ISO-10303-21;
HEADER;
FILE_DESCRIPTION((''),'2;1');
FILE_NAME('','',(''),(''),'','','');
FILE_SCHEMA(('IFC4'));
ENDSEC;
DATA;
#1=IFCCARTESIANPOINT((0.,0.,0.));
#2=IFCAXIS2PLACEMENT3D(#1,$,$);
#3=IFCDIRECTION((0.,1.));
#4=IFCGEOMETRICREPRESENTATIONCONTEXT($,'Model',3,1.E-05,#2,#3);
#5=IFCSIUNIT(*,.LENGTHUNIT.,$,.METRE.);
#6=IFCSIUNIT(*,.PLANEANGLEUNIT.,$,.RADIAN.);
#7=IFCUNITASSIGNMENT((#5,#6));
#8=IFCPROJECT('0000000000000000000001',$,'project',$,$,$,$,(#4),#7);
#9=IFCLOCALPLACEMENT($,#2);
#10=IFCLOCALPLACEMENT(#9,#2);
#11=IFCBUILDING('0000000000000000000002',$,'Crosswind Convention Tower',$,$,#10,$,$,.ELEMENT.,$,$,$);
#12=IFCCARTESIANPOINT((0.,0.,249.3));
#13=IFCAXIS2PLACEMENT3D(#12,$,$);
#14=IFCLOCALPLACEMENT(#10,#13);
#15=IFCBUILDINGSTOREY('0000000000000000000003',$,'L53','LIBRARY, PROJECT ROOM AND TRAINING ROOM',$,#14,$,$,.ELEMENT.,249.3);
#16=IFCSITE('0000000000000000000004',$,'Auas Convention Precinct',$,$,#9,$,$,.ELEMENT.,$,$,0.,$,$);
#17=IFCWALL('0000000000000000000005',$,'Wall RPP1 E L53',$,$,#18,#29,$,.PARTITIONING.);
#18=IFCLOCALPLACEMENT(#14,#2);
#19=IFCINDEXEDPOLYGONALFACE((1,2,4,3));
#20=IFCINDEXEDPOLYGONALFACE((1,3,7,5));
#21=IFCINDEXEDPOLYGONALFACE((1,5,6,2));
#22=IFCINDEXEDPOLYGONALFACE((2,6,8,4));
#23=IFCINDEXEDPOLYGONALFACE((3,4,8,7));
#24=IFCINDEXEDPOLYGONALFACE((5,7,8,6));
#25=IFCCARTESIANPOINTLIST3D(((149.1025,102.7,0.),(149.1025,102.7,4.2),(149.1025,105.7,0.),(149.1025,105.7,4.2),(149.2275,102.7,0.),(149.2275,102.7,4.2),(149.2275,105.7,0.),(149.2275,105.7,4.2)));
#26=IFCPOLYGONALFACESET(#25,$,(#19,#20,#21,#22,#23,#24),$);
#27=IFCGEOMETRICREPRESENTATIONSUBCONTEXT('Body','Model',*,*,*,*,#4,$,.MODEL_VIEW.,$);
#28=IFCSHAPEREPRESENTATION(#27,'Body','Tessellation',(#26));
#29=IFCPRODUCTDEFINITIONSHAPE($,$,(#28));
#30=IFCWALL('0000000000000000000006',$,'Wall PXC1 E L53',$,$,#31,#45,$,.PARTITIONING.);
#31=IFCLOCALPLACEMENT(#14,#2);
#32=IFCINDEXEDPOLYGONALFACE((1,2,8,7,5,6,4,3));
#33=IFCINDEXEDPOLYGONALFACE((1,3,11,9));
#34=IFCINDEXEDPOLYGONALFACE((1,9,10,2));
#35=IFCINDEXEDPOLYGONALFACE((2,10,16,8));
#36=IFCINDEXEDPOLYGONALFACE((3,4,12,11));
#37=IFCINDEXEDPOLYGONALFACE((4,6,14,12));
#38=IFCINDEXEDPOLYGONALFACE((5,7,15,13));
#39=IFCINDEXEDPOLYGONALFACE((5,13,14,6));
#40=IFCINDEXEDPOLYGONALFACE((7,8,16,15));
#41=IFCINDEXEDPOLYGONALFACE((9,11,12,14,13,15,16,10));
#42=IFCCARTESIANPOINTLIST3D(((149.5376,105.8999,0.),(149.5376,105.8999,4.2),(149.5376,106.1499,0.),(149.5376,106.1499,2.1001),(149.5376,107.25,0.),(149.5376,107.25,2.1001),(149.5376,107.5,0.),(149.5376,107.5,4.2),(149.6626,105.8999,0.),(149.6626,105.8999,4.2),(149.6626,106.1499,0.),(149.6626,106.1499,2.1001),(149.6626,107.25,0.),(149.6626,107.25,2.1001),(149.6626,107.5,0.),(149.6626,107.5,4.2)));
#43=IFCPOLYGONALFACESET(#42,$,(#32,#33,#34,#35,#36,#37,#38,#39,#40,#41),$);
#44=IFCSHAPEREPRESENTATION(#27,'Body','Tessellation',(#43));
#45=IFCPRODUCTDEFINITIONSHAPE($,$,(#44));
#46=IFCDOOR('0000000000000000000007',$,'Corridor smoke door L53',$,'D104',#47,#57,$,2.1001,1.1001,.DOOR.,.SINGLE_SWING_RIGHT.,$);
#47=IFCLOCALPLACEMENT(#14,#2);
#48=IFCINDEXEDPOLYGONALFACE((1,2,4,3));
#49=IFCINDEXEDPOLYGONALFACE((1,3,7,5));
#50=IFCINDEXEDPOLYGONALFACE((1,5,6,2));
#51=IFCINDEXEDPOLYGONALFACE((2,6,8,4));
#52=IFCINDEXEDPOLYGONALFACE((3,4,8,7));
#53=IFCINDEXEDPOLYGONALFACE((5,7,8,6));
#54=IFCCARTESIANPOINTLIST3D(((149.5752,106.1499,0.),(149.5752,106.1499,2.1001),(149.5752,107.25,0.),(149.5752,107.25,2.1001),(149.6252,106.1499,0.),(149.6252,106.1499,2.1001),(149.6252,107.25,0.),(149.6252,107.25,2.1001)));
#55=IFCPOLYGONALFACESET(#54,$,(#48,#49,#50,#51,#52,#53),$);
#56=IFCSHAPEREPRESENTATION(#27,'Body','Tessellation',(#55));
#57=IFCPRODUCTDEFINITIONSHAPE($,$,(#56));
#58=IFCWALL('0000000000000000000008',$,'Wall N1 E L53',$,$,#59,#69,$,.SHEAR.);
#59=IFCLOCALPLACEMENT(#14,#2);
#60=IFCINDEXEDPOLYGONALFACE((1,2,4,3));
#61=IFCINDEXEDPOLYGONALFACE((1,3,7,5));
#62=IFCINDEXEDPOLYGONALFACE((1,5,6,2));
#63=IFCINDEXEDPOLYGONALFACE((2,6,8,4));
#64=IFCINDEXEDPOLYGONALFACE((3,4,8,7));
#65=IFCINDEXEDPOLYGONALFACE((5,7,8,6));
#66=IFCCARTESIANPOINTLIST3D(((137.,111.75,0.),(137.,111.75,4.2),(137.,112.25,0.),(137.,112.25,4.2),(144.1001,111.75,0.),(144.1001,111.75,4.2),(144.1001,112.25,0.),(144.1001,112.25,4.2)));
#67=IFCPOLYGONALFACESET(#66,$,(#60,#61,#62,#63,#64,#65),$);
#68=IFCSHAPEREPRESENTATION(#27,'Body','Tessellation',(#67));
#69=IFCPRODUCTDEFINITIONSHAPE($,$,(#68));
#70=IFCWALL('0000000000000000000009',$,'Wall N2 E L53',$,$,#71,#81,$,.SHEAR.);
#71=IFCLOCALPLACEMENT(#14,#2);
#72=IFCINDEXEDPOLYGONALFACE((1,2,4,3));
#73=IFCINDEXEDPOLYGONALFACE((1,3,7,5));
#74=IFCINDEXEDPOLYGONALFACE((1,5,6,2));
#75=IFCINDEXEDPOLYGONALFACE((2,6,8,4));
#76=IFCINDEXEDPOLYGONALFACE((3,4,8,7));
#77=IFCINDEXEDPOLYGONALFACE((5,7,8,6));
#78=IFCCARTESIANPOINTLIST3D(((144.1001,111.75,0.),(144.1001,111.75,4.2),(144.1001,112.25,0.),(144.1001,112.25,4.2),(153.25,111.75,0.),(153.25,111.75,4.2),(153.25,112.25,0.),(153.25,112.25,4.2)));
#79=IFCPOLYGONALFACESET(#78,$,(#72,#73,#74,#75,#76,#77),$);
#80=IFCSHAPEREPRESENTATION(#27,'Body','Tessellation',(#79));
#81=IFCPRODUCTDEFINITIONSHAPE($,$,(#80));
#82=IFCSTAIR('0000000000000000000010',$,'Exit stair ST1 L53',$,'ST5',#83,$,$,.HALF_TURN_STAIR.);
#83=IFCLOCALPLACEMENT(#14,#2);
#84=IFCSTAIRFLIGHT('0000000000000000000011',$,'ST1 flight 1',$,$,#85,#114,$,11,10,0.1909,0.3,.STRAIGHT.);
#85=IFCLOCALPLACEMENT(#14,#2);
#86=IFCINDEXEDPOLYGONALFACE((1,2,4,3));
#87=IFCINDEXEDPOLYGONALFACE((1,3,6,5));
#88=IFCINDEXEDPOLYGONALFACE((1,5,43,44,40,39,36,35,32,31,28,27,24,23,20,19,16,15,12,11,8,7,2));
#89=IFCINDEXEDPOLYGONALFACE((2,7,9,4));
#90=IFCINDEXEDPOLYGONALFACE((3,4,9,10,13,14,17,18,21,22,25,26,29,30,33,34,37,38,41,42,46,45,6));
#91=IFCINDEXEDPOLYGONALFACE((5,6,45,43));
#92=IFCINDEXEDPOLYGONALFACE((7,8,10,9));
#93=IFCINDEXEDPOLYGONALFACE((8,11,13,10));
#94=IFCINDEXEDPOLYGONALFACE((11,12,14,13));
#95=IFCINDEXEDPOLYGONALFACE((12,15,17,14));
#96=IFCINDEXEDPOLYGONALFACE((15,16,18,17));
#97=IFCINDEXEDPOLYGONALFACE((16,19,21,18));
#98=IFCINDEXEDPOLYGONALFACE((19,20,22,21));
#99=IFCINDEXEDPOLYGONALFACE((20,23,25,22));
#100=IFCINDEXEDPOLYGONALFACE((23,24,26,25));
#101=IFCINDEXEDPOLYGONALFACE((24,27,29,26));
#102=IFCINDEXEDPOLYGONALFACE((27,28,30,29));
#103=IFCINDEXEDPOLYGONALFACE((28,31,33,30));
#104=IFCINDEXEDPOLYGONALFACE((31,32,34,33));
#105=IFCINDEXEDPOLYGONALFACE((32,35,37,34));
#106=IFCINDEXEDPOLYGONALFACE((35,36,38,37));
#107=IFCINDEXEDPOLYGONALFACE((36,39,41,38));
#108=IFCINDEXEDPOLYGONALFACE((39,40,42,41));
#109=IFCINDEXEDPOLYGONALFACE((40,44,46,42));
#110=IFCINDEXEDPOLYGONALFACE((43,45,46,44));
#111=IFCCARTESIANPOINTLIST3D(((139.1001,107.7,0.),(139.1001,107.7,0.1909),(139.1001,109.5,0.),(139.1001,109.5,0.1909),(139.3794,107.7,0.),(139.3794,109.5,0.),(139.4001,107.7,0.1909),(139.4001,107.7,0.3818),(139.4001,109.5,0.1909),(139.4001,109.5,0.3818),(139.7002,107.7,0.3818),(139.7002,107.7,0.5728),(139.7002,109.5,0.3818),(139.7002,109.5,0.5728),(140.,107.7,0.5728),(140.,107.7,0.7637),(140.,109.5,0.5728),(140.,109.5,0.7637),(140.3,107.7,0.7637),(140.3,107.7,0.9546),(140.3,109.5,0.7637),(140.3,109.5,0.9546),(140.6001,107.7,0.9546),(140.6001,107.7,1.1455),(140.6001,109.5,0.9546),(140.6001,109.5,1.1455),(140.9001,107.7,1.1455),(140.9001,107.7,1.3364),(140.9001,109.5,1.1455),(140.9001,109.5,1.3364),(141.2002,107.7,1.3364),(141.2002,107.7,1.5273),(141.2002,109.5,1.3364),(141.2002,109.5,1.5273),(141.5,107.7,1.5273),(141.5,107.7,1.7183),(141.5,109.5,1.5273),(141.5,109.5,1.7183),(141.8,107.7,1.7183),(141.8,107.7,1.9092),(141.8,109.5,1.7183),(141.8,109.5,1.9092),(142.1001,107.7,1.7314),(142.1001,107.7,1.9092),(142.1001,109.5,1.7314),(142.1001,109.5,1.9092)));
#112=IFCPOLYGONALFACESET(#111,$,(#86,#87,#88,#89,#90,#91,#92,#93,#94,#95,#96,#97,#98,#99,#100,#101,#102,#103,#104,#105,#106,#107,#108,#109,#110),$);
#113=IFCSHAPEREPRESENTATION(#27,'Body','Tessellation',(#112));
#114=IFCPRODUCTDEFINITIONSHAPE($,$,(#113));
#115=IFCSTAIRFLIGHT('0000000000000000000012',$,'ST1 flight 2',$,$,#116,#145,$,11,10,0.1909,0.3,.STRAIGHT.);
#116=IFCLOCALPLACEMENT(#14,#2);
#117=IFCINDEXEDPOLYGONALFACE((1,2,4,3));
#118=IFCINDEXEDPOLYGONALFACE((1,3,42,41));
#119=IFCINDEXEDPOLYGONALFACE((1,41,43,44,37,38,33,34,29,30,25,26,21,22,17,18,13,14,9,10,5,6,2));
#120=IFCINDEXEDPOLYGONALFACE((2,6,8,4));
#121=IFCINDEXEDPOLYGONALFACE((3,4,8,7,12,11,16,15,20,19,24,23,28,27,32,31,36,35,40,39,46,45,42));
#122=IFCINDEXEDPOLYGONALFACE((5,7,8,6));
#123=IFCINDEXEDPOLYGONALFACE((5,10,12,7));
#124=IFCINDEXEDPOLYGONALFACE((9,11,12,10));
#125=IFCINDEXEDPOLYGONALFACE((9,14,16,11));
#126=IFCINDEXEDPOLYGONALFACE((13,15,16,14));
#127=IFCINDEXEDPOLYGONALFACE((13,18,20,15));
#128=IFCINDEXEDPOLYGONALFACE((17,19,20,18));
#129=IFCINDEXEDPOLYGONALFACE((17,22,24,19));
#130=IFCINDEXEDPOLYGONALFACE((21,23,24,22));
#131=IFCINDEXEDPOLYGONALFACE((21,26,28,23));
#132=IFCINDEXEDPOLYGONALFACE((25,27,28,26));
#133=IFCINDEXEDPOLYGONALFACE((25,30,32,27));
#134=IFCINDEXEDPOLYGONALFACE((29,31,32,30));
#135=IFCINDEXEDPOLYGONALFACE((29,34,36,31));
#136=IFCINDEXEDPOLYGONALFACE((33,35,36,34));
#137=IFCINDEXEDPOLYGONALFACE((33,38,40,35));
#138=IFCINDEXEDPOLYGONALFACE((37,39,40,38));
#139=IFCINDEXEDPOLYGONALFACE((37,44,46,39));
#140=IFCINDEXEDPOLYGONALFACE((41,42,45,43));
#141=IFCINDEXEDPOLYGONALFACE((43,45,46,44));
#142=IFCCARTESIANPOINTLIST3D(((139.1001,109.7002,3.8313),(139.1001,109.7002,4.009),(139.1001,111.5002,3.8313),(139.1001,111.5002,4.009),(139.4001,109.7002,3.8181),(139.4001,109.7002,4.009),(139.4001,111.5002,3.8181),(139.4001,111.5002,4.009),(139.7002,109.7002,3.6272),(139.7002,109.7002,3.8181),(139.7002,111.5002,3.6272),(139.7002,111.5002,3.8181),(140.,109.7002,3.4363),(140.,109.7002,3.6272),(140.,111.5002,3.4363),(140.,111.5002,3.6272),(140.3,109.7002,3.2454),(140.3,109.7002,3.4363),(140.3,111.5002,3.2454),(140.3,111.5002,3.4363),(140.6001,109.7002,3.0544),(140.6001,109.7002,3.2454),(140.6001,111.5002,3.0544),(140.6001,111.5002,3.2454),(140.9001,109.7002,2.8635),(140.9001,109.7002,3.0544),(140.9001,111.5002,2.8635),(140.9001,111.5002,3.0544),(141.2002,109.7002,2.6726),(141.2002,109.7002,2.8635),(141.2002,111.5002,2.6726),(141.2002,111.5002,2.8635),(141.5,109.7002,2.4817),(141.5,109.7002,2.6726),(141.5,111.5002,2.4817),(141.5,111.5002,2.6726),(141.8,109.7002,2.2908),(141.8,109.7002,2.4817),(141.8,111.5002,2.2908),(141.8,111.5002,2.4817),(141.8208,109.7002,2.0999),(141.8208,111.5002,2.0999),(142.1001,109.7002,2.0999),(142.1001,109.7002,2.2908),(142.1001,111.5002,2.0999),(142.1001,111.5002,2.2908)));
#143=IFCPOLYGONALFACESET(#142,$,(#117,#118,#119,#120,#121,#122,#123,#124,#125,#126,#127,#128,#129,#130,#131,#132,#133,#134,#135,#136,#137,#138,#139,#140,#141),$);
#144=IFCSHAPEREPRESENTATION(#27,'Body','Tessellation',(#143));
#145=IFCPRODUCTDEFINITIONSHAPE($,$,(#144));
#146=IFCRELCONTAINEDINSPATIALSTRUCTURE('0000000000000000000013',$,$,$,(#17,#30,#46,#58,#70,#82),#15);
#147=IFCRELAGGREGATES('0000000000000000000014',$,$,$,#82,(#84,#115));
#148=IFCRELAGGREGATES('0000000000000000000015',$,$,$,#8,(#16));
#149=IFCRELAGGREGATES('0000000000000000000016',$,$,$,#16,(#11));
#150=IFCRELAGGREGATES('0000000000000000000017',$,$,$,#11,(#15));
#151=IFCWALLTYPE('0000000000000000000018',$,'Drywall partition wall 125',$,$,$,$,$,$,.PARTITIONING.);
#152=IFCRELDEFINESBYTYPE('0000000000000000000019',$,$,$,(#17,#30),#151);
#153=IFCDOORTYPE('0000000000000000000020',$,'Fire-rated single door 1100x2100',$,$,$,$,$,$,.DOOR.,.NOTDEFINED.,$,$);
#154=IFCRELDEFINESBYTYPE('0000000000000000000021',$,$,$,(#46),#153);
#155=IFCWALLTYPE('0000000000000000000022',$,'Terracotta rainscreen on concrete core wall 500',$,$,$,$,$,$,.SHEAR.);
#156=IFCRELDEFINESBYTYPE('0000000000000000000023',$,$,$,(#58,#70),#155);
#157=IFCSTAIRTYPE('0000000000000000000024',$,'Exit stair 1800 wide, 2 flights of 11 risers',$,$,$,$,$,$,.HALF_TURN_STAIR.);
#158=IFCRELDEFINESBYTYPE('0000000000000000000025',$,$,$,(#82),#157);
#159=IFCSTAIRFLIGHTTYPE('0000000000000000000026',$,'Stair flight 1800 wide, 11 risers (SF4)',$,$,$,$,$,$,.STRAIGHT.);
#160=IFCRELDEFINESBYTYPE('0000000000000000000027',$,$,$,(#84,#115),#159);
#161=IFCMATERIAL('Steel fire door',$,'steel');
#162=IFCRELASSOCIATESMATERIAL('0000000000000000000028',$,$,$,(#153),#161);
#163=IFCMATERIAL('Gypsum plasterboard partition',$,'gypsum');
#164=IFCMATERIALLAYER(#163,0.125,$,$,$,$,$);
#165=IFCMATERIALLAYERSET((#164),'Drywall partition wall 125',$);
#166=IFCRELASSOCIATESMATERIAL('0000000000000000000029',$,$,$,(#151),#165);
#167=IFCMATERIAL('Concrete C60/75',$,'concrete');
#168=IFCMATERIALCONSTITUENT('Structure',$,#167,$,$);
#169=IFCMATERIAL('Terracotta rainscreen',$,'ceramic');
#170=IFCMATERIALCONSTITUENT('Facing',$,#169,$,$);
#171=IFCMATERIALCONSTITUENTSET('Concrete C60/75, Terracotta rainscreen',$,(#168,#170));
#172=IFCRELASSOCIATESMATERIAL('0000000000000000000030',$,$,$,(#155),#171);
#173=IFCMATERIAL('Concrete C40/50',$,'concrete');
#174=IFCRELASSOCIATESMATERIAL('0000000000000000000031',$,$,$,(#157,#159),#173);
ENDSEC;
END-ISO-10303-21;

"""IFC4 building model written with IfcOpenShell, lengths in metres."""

from ifc_helpers import new_model, si_unit, direction, frame, frame_2d, origin, place, context, subcontext, project, spatial, polyline, rectangle, outline, extrude, material, layer, layer_set, constituent, constituent_set, type_object, element, fill, aggregate, save


model = new_model("IFC4")

# Units and contexts
model_context = context("Model", 3, precision=1e-05, world=origin(), true_north=direction((0.0, 1.0)))
body_context = subcontext(model_context, "Body", "Model", "MODEL_VIEW")
ifc_project = project(units=[si_unit("LENGTHUNIT", "METRE"), si_unit("PLANEANGLEUNIT", "RADIAN")], contexts=[model_context])

# Site, building, storey
site_placement = place(None, origin())
site = spatial("IfcSite", under=ifc_project, at=site_placement, Name="Auas Convention Precinct", CompositionType="ELEMENT", RefElevation=0.0)
building_placement = place(site_placement, origin())
building = spatial("IfcBuilding", under=site, at=building_placement, Name="Crosswind Convention Tower", CompositionType="ELEMENT")
storey_placement = place(building_placement, frame((0.0, 0.0, 249.3)))
storey = spatial("IfcBuildingStorey", under=building, at=storey_placement, Name="L53", Description="LIBRARY, PROJECT ROOM AND TRAINING ROOM", CompositionType="ELEMENT", Elevation=249.3)

# Shared definitions
ifc_material_1 = material(Name="Steel fire door", Category="steel")
door_type_1 = type_object("IfcDoorType", Name="Fire-rated single door 1100x2100", OperationType="NOTDEFINED", PredefinedType="DOOR", material=ifc_material_1)

# Wall
ifc_material_2 = material(Name="Gypsum plasterboard partition", Category="gypsum")
ifc_layer_1 = layer(ifc_material_2, 0.125)
ifc_layer_set_1 = layer_set([ifc_layer_1], Name="Drywall partition wall 125")
wall_type_1 = type_object("IfcWallType", Name="Drywall partition wall 125", PredefinedType="PARTITIONING", material=ifc_layer_set_1)
wall_1_placement = place(storey_placement, frame((149.165, 102.7, 0.0), z_axis=(0.0, 0.0, 1.0), x_axis=(0.0, 1.0, 0.0)))
element("IfcWall", 1, at=wall_1_placement, inside=storey, type_object=wall_type_1, Name="Wall RPP1 E L53", PredefinedType="PARTITIONING", context=body_context, shape_type="SweptSolid", body=[
    extrude(rectangle(XDim=3.0, YDim=0.125, at=frame_2d((1.5, 0.0))), origin(), (0.0, 0.0, 1.0), 4.2),
])

# Wall, opening, door
wall_2_placement = place(storey_placement, frame((149.6001, 105.8999, 0.0), z_axis=(0.0, 0.0, 1.0), x_axis=(0.0, 1.0, 0.0)))
wall_2 = element("IfcWall", 2, at=wall_2_placement, inside=storey, type_object=wall_type_1, Name="Wall PXC1 E L53", PredefinedType="PARTITIONING", context=body_context, shape_type="SweptSolid", body=[
    extrude(rectangle(XDim=1.6001, YDim=0.125, at=frame_2d((0.8, 0.0))), origin(), (0.0, 0.0, 1.0), 4.2),
])
opening_1_placement = place(wall_2_placement, frame((0.25, 0.0, 0.0)))
opening_1 = element("IfcOpeningElement", 3, at=opening_1_placement, cuts=wall_2, PredefinedType="OPENING", context=body_context, shape_type="SweptSolid", body=[
    extrude(rectangle(XDim=1.1001, YDim=2.1001, at=frame_2d((0.55, 1.05))), frame((0.0, 0.0725, 0.0), z_axis=(0.0, -1.0, 0.0), x_axis=(1.0, 0.0, 0.0)), (0.0, 0.0, 1.0), 0.145),
])
door_1_placement = place(opening_1_placement, origin())
door_1 = element("IfcDoor", 4, at=door_1_placement, inside=storey, type_object=door_type_1, Name="Corridor smoke door L53", ObjectType="D104", OperationType="SINGLE_SWING_RIGHT", OverallHeight=2.1001, OverallWidth=1.1001, PredefinedType="DOOR", context=body_context, shape_type="SweptSolid", body=[
    extrude(rectangle(XDim=1.1001, YDim=2.1001, at=frame_2d((0.55, 1.05))), frame((0.0, 0.0249, 0.0), z_axis=(0.0, -1.0, 0.0), x_axis=(1.0, 0.0, 0.0)), (0.0, 0.0, 1.0), 0.05),
])
fill(opening_1, door_1)

# Walls
ifc_material_3 = material(Name="Concrete C60/75", Category="concrete")
ifc_constituent_1 = constituent(ifc_material_3, Name="Structure")
ifc_material_4 = material(Name="Terracotta rainscreen", Category="ceramic")
ifc_constituent_2 = constituent(ifc_material_4, Name="Facing")
ifc_constituent_set = constituent_set(constituents=[ifc_constituent_1, ifc_constituent_2], Name="Concrete C60/75, Terracotta rainscreen")
wall_type_2 = type_object("IfcWallType", Name="Terracotta rainscreen on concrete core wall 500", PredefinedType="SHEAR", material=ifc_constituent_set)
wall_3_placement = place(storey_placement, frame((137.0, 112.0, 0.0), z_axis=(0.0, 0.0, 1.0), x_axis=(1.0, 0.0, 0.0)))
element("IfcWall", 5, at=wall_3_placement, inside=storey, type_object=wall_type_2, Name="Wall N1 E L53", PredefinedType="SHEAR", context=body_context, shape_type="SweptSolid", body=[
    extrude(rectangle(XDim=7.1001, YDim=0.5, at=frame_2d((3.55, 0.0))), origin(), (0.0, 0.0, 1.0), 4.2),
])
wall_4_placement = place(storey_placement, frame((144.1001, 112.0, 0.0), z_axis=(0.0, 0.0, 1.0), x_axis=(1.0, 0.0, 0.0)))
element("IfcWall", 6, at=wall_4_placement, inside=storey, type_object=wall_type_2, Name="Wall N2 E L53", PredefinedType="SHEAR", context=body_context, shape_type="SweptSolid", body=[
    extrude(rectangle(XDim=9.1499, YDim=0.5, at=frame_2d((4.575, 0.0))), origin(), (0.0, 0.0, 1.0), 4.2),
])

# Stair, stair flights
ifc_material_5 = material(Name="Concrete C40/50", Category="concrete")
stair_type = type_object("IfcStairType", Name="Exit stair 1800 wide, 2 flights of 11 risers", PredefinedType="HALF_TURN_STAIR", material=ifc_material_5)
stair_placement = place(storey_placement, origin())
stair = element("IfcStair", 7, at=stair_placement, inside=storey, type_object=stair_type, Name="Exit stair ST1 L53", ObjectType="ST5", PredefinedType="HALF_TURN_STAIR")
stair_flight_type = type_object("IfcStairFlightType", Name="Stair flight 1800 wide, 11 risers (SF4)", PredefinedType="STRAIGHT", material=ifc_material_5)
stair_flight_1_placement = place(storey_placement, frame((139.1001, 108.6001, 0.0), z_axis=(0.0, 0.0, 1.0), x_axis=(1.0, 0.0, 0.0)))
stair_flight_1 = element("IfcStairFlight", 8, at=stair_flight_1_placement, type_object=stair_flight_type, Name="ST1 flight 1", NumberOfRisers=11, NumberOfTreads=10, PredefinedType="STRAIGHT", RiserHeight=0.1909, TreadLength=0.3, context=body_context, shape_type="SweptSolid", body=[
    extrude(outline(polyline([(0.0, 0.0), (0.0, 0.1909), (0.3, 0.1909), (0.3, 0.3818), (0.6001, 0.3818), (0.6001, 0.5728), (0.8999, 0.5728), (0.8999, 0.7637), (1.2, 0.7637), (1.2, 0.9546), (1.5, 0.9546), (1.5, 1.1455), (1.8, 1.1455), (1.8, 1.3364), (2.1001, 1.3364), (2.1001, 1.5273), (2.3999, 1.5273), (2.3999, 1.7183), (2.7, 1.7183), (2.7, 1.9092), (3.0, 1.9092), (3.0, 2.1001), (3.0, 1.7314), (0.2793, 0.0), (0.0, 0.0)])), frame((0.0, 0.8999, 0.0), z_axis=(0.0, -1.0, 0.0), x_axis=(1.0, 0.0, 0.0)), (0.0, 0.0, 1.0), 1.8),
])
stair_flight_2_placement = place(storey_placement, frame((142.1001, 110.6001, 2.0999), z_axis=(0.0, 0.0, 1.0), x_axis=(-1.0, 0.0, 0.0)))
stair_flight_2 = element("IfcStairFlight", 9, at=stair_flight_2_placement, type_object=stair_flight_type, Name="ST1 flight 2", NumberOfRisers=11, NumberOfTreads=10, PredefinedType="STRAIGHT", RiserHeight=0.1909, TreadLength=0.3, context=body_context, shape_type="SweptSolid", body=[
    extrude(outline(polyline([(0.0, 0.0), (0.0, 0.1909), (0.3, 0.1909), (0.3, 0.3818), (0.6001, 0.3818), (0.6001, 0.5728), (0.8999, 0.5728), (0.8999, 0.7637), (1.2, 0.7637), (1.2, 0.9546), (1.5, 0.9546), (1.5, 1.1455), (1.8, 1.1455), (1.8, 1.3364), (2.1001, 1.3364), (2.1001, 1.5273), (2.3999, 1.5273), (2.3999, 1.7183), (2.7, 1.7183), (2.7, 1.9092), (3.0, 1.9092), (3.0, 2.1001), (3.0, 1.7314), (0.2793, 0.0), (0.0, 0.0)])), frame((0.0, 0.8999, 0.0), z_axis=(0.0, -1.0, 0.0), x_axis=(1.0, 0.0, 0.0)), (0.0, 0.0, 1.0), 1.8),
])
aggregate(stair, [stair_flight_1, stair_flight_2])

save(model, "model.ifc")
